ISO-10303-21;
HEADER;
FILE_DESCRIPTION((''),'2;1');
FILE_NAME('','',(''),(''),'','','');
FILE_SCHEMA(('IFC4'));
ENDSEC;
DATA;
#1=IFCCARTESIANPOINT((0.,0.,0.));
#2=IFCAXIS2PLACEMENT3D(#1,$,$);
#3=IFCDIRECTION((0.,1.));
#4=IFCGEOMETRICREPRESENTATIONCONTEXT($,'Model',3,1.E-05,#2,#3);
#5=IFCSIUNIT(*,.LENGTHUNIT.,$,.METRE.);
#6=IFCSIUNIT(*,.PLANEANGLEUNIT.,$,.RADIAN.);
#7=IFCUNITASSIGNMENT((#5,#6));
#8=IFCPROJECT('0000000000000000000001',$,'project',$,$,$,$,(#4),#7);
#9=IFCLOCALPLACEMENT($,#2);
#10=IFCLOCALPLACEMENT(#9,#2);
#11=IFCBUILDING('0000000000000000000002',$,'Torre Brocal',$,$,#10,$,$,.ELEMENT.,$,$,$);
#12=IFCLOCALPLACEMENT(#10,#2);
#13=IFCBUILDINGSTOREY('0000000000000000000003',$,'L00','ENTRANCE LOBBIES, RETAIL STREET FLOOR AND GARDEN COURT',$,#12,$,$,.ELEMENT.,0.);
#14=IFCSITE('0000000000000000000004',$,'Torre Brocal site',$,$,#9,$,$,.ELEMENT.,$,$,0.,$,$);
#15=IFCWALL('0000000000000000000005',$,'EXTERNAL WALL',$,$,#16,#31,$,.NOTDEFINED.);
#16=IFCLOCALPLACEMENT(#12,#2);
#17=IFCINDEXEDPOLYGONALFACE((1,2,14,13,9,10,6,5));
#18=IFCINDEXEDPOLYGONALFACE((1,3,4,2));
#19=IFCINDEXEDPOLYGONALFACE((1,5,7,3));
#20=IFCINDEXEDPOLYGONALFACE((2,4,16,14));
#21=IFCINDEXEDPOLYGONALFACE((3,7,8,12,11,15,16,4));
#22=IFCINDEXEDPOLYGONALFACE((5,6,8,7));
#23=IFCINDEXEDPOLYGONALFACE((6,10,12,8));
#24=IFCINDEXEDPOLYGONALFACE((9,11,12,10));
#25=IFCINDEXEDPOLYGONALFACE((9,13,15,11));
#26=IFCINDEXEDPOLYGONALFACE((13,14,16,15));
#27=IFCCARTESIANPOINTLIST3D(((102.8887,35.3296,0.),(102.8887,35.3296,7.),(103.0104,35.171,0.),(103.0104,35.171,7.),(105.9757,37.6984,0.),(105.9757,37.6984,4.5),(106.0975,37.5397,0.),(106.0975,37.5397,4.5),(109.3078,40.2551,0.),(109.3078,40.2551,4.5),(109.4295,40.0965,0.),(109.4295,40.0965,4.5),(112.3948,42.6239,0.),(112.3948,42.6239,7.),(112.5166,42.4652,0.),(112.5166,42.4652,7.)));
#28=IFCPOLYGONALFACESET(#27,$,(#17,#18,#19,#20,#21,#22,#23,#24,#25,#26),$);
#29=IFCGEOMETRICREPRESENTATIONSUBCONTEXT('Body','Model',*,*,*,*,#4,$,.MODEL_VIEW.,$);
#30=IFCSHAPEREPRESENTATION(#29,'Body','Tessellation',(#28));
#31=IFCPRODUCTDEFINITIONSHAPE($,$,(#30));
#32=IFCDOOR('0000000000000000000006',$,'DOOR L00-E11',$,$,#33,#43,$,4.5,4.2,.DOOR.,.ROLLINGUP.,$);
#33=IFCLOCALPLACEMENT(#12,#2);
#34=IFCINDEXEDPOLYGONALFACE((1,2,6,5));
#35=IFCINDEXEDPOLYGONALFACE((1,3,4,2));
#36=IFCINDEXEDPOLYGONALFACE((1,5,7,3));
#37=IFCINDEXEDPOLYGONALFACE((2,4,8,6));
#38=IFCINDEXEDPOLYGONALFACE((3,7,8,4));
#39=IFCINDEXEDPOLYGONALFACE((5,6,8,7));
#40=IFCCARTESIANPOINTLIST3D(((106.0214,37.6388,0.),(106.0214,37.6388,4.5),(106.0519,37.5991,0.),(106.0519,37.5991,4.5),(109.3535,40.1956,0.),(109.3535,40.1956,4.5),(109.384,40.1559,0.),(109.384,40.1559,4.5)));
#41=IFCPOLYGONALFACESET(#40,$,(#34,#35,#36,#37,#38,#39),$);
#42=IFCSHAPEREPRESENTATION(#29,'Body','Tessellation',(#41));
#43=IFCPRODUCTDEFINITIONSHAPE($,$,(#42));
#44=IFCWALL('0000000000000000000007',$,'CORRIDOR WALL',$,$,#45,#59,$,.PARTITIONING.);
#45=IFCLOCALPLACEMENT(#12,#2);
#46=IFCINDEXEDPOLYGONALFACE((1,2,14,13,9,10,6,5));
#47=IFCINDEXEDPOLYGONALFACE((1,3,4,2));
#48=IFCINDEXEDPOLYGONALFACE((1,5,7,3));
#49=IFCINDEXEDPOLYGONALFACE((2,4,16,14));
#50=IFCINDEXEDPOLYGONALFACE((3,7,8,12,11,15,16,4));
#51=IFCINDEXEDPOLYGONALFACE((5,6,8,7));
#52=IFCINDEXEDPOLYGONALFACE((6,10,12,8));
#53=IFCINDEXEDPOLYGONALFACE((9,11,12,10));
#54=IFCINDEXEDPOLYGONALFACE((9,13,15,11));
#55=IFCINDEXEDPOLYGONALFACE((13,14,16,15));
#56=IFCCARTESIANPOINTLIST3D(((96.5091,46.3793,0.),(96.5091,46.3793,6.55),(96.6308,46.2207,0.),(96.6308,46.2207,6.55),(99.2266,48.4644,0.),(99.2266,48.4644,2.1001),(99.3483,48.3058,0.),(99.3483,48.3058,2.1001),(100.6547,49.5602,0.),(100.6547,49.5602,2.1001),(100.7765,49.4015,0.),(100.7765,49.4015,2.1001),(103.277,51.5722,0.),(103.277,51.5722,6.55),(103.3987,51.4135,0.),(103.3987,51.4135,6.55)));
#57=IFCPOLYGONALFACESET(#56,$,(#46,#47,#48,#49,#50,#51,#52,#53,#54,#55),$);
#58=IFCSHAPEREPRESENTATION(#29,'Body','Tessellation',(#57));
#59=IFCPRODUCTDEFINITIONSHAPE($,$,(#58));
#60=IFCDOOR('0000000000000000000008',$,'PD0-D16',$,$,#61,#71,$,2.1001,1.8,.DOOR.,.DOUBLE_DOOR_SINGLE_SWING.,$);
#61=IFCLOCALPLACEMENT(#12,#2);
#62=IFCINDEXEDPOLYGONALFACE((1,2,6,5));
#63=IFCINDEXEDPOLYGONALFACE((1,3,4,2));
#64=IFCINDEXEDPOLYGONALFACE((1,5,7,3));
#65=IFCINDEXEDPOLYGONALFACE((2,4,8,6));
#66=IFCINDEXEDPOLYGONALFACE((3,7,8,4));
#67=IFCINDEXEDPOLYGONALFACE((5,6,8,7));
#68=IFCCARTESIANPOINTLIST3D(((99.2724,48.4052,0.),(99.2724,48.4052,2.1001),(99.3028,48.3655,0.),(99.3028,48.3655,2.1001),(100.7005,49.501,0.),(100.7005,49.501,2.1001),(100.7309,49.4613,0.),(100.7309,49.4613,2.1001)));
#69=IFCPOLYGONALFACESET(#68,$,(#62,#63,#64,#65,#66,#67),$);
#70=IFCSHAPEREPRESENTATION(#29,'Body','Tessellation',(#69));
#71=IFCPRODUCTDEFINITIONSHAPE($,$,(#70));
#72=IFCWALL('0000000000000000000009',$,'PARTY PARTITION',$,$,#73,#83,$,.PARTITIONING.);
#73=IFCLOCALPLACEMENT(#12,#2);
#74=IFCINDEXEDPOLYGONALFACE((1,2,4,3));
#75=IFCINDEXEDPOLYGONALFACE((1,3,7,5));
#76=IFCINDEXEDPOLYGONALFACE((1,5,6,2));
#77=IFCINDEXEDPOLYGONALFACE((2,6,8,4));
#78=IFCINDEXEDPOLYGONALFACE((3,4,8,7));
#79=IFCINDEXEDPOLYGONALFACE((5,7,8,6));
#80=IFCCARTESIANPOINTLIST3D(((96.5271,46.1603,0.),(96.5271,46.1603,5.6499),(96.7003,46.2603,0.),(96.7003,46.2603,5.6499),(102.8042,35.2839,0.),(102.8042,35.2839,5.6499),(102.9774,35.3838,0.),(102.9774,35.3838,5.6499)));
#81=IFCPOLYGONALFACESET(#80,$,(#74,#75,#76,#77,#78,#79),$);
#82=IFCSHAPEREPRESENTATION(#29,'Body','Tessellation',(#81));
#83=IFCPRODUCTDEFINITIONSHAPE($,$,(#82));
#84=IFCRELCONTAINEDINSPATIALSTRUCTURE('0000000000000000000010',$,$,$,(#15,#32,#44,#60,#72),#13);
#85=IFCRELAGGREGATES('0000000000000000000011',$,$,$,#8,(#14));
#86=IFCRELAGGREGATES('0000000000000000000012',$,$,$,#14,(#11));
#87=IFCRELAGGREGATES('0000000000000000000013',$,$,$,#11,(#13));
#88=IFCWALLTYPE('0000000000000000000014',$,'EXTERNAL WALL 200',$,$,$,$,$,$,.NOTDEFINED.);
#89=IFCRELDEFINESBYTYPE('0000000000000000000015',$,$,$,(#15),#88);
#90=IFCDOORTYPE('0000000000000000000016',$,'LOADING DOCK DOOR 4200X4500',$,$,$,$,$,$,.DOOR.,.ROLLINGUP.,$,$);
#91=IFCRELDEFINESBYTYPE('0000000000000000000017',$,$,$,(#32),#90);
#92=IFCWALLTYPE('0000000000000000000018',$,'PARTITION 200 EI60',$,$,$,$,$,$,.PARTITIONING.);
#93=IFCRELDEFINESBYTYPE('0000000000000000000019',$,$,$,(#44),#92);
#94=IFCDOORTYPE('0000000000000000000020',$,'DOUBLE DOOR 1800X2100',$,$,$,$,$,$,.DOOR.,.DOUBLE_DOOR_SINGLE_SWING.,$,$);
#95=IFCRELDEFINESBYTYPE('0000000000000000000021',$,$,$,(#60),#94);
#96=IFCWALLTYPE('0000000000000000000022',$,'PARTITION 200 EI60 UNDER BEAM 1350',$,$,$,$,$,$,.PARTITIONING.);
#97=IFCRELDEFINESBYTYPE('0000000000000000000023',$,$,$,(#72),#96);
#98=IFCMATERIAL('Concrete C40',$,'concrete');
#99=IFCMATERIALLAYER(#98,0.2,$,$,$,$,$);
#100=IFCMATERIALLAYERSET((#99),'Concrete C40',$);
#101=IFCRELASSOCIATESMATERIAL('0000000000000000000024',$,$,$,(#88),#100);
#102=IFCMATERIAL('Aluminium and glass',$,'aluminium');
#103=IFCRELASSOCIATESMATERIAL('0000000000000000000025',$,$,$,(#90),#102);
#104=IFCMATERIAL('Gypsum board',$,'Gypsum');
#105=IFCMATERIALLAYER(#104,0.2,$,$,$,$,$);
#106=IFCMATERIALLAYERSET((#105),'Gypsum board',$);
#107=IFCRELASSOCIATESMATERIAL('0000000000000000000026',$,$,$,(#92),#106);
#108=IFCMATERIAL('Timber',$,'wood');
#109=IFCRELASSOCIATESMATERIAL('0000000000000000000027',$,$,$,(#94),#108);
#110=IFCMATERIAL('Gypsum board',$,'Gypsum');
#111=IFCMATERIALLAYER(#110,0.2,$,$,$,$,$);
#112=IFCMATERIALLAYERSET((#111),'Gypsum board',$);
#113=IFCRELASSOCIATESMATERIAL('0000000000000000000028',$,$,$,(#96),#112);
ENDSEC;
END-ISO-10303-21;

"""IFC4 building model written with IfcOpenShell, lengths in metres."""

from ifc_helpers import new_model, si_unit, direction, frame, frame_2d, origin, place, context, subcontext, project, spatial, rectangle, extrude, material, layer, layer_set, type_object, element, fill, save


model = new_model("IFC4")

# Units and contexts
model_context = context("Model", 3, precision=1e-05, world=origin(), true_north=direction((0.0, 1.0)))
body_context = subcontext(model_context, "Body", "Model", "MODEL_VIEW")
ifc_project = project(units=[si_unit("LENGTHUNIT", "METRE"), si_unit("PLANEANGLEUNIT", "RADIAN")], contexts=[model_context])

# Site, building, storey
site_placement = place(None, origin())
site = spatial("IfcSite", under=ifc_project, at=site_placement, Name="Torre Brocal site", CompositionType="ELEMENT", RefElevation=0.0)
building_placement = place(site_placement, origin())
building = spatial("IfcBuilding", under=site, at=building_placement, Name="Torre Brocal", CompositionType="ELEMENT")
storey_placement = place(building_placement, origin())
storey = spatial("IfcBuildingStorey", under=building, at=storey_placement, Name="L00", Description="ENTRANCE LOBBIES, RETAIL STREET FLOOR AND GARDEN COURT", CompositionType="ELEMENT", Elevation=0.0)

# Walls, openings, doors
ifc_material_1 = material(Name="Concrete C40", Category="concrete")
ifc_layer_1 = layer(ifc_material_1, 0.2)
ifc_layer_set_1 = layer_set([ifc_layer_1], Name="Concrete C40")
wall_type_1 = type_object("IfcWallType", Name="EXTERNAL WALL 200", PredefinedType="NOTDEFINED", material=ifc_layer_set_1)
wall_1_placement = place(storey_placement, frame((102.9495, 35.2502, 0.0), z_axis=(0.0, 0.0, 1.0), x_axis=(0.793357, 0.608756, 0.0)))
wall_1 = element("IfcWall", 1, at=wall_1_placement, inside=storey, type_object=wall_type_1, Name="EXTERNAL WALL", PredefinedType="NOTDEFINED", context=body_context, shape_type="SweptSolid", body=[
    extrude(rectangle(XDim=11.9822, YDim=0.2, at=frame_2d((5.9912, 0.0))), origin(), (0.0, 0.0, 1.0), 7.0),
])
opening_1_placement = place(wall_1_placement, frame((3.8911, 0.0, 0.0)))
opening_1 = element("IfcOpeningElement", 2, at=opening_1_placement, cuts=wall_1, PredefinedType="OPENING", context=body_context, shape_type="SweptSolid", body=[
    extrude(rectangle(XDim=4.2, YDim=4.5, at=frame_2d((2.1001, 2.25))), frame((0.0, 0.1099, 0.0), z_axis=(0.0, -1.0, 0.0), x_axis=(1.0, 0.0, 0.0)), (0.0, 0.0, 1.0), 0.22),
])
ifc_material_2 = material(Name="Aluminium and glass", Category="aluminium")
door_type_1 = type_object("IfcDoorType", Name="LOADING DOCK DOOR 4200X4500", OperationType="ROLLINGUP", PredefinedType="DOOR", material=ifc_material_2)
door_1_placement = place(opening_1_placement, origin())
door_1 = element("IfcDoor", 3, at=door_1_placement, inside=storey, type_object=door_type_1, Name="DOOR L00-E11", OperationType="ROLLINGUP", OverallHeight=4.5, OverallWidth=4.2, PredefinedType="DOOR", context=body_context, shape_type="SweptSolid", body=[
    extrude(rectangle(XDim=4.2, YDim=4.5, at=frame_2d((2.1001, 2.25))), frame((0.0, 0.0249, 0.0), z_axis=(0.0, -1.0, 0.0), x_axis=(1.0, 0.0, 0.0)), (0.0, 0.0, 1.0), 0.05),
])
fill(opening_1, door_1)
ifc_material_3 = material(Name="Gypsum board", Category="Gypsum")
ifc_layer_2 = layer(ifc_material_3, 0.2)
ifc_layer_set_2 = layer_set([ifc_layer_2], Name="Gypsum board")
wall_type_2 = type_object("IfcWallType", Name="PARTITION 200 EI60", PredefinedType="PARTITIONING", material=ifc_layer_set_2)
wall_2_placement = place(storey_placement, frame((96.5701, 46.3, 0.0), z_axis=(0.0, 0.0, 1.0), x_axis=(0.793368, 0.608742, 0.0)))
wall_2 = element("IfcWall", 4, at=wall_2_placement, inside=storey, type_object=wall_type_2, Name="CORRIDOR WALL", PredefinedType="PARTITIONING", context=body_context, shape_type="SweptSolid", body=[
    extrude(rectangle(XDim=8.5305, YDim=0.2, at=frame_2d((4.2651, 0.0))), origin(), (0.0, 0.0, 1.0), 6.55),
])
opening_2_placement = place(wall_2_placement, frame((3.4253, 0.0, 0.0)))
opening_2 = element("IfcOpeningElement", 5, at=opening_2_placement, cuts=wall_2, PredefinedType="OPENING", context=body_context, shape_type="SweptSolid", body=[
    extrude(rectangle(XDim=1.8, YDim=2.1001, at=frame_2d((0.8999, 1.05))), frame((0.0, 0.1099, 0.0), z_axis=(0.0, -1.0, 0.0), x_axis=(1.0, 0.0, 0.0)), (0.0, 0.0, 1.0), 0.22),
])
ifc_material_4 = material(Name="Timber", Category="wood")
door_type_2 = type_object("IfcDoorType", Name="DOUBLE DOOR 1800X2100", OperationType="DOUBLE_DOOR_SINGLE_SWING", PredefinedType="DOOR", material=ifc_material_4)
door_2_placement = place(opening_2_placement, frame((1.8, 0.0, 0.0), z_axis=(0.0, 0.0, 1.0), x_axis=(-1.0, 0.0, 0.0)))
door_2 = element("IfcDoor", 6, at=door_2_placement, inside=storey, type_object=door_type_2, Name="PD0-D16", OperationType="DOUBLE_DOOR_SINGLE_SWING", OverallHeight=2.1001, OverallWidth=1.8, PredefinedType="DOOR", context=body_context, shape_type="SweptSolid", body=[
    extrude(rectangle(XDim=1.8, YDim=2.1001, at=frame_2d((0.8999, 1.05))), frame((0.0, 0.0249, 0.0), z_axis=(0.0, -1.0, 0.0), x_axis=(1.0, 0.0, 0.0)), (0.0, 0.0, 1.0), 0.05),
])
fill(opening_2, door_2)

# Wall
ifc_material_5 = material(Name="Gypsum board", Category="Gypsum")
ifc_layer_3 = layer(ifc_material_5, 0.2)
ifc_layer_set_3 = layer_set([ifc_layer_3], Name="Gypsum board")
wall_type_3 = type_object("IfcWallType", Name="PARTITION 200 EI60 UNDER BEAM 1350", PredefinedType="PARTITIONING", material=ifc_layer_set_3)
wall_3_placement = place(storey_placement, frame((96.6138, 46.2102, 0.0), z_axis=(0.0, 0.0, 1.0), x_axis=(0.499855, -0.866109, 0.0)))
element("IfcWall", 7, at=wall_3_placement, inside=storey, type_object=wall_type_3, Name="PARTY PARTITION", PredefinedType="PARTITIONING", context=body_context, shape_type="SweptSolid", body=[
    extrude(rectangle(XDim=12.5579, YDim=0.2, at=frame_2d((6.2788, 0.0))), origin(), (0.0, 0.0, 1.0), 5.6499),
])

save(model, "model.ifc")
